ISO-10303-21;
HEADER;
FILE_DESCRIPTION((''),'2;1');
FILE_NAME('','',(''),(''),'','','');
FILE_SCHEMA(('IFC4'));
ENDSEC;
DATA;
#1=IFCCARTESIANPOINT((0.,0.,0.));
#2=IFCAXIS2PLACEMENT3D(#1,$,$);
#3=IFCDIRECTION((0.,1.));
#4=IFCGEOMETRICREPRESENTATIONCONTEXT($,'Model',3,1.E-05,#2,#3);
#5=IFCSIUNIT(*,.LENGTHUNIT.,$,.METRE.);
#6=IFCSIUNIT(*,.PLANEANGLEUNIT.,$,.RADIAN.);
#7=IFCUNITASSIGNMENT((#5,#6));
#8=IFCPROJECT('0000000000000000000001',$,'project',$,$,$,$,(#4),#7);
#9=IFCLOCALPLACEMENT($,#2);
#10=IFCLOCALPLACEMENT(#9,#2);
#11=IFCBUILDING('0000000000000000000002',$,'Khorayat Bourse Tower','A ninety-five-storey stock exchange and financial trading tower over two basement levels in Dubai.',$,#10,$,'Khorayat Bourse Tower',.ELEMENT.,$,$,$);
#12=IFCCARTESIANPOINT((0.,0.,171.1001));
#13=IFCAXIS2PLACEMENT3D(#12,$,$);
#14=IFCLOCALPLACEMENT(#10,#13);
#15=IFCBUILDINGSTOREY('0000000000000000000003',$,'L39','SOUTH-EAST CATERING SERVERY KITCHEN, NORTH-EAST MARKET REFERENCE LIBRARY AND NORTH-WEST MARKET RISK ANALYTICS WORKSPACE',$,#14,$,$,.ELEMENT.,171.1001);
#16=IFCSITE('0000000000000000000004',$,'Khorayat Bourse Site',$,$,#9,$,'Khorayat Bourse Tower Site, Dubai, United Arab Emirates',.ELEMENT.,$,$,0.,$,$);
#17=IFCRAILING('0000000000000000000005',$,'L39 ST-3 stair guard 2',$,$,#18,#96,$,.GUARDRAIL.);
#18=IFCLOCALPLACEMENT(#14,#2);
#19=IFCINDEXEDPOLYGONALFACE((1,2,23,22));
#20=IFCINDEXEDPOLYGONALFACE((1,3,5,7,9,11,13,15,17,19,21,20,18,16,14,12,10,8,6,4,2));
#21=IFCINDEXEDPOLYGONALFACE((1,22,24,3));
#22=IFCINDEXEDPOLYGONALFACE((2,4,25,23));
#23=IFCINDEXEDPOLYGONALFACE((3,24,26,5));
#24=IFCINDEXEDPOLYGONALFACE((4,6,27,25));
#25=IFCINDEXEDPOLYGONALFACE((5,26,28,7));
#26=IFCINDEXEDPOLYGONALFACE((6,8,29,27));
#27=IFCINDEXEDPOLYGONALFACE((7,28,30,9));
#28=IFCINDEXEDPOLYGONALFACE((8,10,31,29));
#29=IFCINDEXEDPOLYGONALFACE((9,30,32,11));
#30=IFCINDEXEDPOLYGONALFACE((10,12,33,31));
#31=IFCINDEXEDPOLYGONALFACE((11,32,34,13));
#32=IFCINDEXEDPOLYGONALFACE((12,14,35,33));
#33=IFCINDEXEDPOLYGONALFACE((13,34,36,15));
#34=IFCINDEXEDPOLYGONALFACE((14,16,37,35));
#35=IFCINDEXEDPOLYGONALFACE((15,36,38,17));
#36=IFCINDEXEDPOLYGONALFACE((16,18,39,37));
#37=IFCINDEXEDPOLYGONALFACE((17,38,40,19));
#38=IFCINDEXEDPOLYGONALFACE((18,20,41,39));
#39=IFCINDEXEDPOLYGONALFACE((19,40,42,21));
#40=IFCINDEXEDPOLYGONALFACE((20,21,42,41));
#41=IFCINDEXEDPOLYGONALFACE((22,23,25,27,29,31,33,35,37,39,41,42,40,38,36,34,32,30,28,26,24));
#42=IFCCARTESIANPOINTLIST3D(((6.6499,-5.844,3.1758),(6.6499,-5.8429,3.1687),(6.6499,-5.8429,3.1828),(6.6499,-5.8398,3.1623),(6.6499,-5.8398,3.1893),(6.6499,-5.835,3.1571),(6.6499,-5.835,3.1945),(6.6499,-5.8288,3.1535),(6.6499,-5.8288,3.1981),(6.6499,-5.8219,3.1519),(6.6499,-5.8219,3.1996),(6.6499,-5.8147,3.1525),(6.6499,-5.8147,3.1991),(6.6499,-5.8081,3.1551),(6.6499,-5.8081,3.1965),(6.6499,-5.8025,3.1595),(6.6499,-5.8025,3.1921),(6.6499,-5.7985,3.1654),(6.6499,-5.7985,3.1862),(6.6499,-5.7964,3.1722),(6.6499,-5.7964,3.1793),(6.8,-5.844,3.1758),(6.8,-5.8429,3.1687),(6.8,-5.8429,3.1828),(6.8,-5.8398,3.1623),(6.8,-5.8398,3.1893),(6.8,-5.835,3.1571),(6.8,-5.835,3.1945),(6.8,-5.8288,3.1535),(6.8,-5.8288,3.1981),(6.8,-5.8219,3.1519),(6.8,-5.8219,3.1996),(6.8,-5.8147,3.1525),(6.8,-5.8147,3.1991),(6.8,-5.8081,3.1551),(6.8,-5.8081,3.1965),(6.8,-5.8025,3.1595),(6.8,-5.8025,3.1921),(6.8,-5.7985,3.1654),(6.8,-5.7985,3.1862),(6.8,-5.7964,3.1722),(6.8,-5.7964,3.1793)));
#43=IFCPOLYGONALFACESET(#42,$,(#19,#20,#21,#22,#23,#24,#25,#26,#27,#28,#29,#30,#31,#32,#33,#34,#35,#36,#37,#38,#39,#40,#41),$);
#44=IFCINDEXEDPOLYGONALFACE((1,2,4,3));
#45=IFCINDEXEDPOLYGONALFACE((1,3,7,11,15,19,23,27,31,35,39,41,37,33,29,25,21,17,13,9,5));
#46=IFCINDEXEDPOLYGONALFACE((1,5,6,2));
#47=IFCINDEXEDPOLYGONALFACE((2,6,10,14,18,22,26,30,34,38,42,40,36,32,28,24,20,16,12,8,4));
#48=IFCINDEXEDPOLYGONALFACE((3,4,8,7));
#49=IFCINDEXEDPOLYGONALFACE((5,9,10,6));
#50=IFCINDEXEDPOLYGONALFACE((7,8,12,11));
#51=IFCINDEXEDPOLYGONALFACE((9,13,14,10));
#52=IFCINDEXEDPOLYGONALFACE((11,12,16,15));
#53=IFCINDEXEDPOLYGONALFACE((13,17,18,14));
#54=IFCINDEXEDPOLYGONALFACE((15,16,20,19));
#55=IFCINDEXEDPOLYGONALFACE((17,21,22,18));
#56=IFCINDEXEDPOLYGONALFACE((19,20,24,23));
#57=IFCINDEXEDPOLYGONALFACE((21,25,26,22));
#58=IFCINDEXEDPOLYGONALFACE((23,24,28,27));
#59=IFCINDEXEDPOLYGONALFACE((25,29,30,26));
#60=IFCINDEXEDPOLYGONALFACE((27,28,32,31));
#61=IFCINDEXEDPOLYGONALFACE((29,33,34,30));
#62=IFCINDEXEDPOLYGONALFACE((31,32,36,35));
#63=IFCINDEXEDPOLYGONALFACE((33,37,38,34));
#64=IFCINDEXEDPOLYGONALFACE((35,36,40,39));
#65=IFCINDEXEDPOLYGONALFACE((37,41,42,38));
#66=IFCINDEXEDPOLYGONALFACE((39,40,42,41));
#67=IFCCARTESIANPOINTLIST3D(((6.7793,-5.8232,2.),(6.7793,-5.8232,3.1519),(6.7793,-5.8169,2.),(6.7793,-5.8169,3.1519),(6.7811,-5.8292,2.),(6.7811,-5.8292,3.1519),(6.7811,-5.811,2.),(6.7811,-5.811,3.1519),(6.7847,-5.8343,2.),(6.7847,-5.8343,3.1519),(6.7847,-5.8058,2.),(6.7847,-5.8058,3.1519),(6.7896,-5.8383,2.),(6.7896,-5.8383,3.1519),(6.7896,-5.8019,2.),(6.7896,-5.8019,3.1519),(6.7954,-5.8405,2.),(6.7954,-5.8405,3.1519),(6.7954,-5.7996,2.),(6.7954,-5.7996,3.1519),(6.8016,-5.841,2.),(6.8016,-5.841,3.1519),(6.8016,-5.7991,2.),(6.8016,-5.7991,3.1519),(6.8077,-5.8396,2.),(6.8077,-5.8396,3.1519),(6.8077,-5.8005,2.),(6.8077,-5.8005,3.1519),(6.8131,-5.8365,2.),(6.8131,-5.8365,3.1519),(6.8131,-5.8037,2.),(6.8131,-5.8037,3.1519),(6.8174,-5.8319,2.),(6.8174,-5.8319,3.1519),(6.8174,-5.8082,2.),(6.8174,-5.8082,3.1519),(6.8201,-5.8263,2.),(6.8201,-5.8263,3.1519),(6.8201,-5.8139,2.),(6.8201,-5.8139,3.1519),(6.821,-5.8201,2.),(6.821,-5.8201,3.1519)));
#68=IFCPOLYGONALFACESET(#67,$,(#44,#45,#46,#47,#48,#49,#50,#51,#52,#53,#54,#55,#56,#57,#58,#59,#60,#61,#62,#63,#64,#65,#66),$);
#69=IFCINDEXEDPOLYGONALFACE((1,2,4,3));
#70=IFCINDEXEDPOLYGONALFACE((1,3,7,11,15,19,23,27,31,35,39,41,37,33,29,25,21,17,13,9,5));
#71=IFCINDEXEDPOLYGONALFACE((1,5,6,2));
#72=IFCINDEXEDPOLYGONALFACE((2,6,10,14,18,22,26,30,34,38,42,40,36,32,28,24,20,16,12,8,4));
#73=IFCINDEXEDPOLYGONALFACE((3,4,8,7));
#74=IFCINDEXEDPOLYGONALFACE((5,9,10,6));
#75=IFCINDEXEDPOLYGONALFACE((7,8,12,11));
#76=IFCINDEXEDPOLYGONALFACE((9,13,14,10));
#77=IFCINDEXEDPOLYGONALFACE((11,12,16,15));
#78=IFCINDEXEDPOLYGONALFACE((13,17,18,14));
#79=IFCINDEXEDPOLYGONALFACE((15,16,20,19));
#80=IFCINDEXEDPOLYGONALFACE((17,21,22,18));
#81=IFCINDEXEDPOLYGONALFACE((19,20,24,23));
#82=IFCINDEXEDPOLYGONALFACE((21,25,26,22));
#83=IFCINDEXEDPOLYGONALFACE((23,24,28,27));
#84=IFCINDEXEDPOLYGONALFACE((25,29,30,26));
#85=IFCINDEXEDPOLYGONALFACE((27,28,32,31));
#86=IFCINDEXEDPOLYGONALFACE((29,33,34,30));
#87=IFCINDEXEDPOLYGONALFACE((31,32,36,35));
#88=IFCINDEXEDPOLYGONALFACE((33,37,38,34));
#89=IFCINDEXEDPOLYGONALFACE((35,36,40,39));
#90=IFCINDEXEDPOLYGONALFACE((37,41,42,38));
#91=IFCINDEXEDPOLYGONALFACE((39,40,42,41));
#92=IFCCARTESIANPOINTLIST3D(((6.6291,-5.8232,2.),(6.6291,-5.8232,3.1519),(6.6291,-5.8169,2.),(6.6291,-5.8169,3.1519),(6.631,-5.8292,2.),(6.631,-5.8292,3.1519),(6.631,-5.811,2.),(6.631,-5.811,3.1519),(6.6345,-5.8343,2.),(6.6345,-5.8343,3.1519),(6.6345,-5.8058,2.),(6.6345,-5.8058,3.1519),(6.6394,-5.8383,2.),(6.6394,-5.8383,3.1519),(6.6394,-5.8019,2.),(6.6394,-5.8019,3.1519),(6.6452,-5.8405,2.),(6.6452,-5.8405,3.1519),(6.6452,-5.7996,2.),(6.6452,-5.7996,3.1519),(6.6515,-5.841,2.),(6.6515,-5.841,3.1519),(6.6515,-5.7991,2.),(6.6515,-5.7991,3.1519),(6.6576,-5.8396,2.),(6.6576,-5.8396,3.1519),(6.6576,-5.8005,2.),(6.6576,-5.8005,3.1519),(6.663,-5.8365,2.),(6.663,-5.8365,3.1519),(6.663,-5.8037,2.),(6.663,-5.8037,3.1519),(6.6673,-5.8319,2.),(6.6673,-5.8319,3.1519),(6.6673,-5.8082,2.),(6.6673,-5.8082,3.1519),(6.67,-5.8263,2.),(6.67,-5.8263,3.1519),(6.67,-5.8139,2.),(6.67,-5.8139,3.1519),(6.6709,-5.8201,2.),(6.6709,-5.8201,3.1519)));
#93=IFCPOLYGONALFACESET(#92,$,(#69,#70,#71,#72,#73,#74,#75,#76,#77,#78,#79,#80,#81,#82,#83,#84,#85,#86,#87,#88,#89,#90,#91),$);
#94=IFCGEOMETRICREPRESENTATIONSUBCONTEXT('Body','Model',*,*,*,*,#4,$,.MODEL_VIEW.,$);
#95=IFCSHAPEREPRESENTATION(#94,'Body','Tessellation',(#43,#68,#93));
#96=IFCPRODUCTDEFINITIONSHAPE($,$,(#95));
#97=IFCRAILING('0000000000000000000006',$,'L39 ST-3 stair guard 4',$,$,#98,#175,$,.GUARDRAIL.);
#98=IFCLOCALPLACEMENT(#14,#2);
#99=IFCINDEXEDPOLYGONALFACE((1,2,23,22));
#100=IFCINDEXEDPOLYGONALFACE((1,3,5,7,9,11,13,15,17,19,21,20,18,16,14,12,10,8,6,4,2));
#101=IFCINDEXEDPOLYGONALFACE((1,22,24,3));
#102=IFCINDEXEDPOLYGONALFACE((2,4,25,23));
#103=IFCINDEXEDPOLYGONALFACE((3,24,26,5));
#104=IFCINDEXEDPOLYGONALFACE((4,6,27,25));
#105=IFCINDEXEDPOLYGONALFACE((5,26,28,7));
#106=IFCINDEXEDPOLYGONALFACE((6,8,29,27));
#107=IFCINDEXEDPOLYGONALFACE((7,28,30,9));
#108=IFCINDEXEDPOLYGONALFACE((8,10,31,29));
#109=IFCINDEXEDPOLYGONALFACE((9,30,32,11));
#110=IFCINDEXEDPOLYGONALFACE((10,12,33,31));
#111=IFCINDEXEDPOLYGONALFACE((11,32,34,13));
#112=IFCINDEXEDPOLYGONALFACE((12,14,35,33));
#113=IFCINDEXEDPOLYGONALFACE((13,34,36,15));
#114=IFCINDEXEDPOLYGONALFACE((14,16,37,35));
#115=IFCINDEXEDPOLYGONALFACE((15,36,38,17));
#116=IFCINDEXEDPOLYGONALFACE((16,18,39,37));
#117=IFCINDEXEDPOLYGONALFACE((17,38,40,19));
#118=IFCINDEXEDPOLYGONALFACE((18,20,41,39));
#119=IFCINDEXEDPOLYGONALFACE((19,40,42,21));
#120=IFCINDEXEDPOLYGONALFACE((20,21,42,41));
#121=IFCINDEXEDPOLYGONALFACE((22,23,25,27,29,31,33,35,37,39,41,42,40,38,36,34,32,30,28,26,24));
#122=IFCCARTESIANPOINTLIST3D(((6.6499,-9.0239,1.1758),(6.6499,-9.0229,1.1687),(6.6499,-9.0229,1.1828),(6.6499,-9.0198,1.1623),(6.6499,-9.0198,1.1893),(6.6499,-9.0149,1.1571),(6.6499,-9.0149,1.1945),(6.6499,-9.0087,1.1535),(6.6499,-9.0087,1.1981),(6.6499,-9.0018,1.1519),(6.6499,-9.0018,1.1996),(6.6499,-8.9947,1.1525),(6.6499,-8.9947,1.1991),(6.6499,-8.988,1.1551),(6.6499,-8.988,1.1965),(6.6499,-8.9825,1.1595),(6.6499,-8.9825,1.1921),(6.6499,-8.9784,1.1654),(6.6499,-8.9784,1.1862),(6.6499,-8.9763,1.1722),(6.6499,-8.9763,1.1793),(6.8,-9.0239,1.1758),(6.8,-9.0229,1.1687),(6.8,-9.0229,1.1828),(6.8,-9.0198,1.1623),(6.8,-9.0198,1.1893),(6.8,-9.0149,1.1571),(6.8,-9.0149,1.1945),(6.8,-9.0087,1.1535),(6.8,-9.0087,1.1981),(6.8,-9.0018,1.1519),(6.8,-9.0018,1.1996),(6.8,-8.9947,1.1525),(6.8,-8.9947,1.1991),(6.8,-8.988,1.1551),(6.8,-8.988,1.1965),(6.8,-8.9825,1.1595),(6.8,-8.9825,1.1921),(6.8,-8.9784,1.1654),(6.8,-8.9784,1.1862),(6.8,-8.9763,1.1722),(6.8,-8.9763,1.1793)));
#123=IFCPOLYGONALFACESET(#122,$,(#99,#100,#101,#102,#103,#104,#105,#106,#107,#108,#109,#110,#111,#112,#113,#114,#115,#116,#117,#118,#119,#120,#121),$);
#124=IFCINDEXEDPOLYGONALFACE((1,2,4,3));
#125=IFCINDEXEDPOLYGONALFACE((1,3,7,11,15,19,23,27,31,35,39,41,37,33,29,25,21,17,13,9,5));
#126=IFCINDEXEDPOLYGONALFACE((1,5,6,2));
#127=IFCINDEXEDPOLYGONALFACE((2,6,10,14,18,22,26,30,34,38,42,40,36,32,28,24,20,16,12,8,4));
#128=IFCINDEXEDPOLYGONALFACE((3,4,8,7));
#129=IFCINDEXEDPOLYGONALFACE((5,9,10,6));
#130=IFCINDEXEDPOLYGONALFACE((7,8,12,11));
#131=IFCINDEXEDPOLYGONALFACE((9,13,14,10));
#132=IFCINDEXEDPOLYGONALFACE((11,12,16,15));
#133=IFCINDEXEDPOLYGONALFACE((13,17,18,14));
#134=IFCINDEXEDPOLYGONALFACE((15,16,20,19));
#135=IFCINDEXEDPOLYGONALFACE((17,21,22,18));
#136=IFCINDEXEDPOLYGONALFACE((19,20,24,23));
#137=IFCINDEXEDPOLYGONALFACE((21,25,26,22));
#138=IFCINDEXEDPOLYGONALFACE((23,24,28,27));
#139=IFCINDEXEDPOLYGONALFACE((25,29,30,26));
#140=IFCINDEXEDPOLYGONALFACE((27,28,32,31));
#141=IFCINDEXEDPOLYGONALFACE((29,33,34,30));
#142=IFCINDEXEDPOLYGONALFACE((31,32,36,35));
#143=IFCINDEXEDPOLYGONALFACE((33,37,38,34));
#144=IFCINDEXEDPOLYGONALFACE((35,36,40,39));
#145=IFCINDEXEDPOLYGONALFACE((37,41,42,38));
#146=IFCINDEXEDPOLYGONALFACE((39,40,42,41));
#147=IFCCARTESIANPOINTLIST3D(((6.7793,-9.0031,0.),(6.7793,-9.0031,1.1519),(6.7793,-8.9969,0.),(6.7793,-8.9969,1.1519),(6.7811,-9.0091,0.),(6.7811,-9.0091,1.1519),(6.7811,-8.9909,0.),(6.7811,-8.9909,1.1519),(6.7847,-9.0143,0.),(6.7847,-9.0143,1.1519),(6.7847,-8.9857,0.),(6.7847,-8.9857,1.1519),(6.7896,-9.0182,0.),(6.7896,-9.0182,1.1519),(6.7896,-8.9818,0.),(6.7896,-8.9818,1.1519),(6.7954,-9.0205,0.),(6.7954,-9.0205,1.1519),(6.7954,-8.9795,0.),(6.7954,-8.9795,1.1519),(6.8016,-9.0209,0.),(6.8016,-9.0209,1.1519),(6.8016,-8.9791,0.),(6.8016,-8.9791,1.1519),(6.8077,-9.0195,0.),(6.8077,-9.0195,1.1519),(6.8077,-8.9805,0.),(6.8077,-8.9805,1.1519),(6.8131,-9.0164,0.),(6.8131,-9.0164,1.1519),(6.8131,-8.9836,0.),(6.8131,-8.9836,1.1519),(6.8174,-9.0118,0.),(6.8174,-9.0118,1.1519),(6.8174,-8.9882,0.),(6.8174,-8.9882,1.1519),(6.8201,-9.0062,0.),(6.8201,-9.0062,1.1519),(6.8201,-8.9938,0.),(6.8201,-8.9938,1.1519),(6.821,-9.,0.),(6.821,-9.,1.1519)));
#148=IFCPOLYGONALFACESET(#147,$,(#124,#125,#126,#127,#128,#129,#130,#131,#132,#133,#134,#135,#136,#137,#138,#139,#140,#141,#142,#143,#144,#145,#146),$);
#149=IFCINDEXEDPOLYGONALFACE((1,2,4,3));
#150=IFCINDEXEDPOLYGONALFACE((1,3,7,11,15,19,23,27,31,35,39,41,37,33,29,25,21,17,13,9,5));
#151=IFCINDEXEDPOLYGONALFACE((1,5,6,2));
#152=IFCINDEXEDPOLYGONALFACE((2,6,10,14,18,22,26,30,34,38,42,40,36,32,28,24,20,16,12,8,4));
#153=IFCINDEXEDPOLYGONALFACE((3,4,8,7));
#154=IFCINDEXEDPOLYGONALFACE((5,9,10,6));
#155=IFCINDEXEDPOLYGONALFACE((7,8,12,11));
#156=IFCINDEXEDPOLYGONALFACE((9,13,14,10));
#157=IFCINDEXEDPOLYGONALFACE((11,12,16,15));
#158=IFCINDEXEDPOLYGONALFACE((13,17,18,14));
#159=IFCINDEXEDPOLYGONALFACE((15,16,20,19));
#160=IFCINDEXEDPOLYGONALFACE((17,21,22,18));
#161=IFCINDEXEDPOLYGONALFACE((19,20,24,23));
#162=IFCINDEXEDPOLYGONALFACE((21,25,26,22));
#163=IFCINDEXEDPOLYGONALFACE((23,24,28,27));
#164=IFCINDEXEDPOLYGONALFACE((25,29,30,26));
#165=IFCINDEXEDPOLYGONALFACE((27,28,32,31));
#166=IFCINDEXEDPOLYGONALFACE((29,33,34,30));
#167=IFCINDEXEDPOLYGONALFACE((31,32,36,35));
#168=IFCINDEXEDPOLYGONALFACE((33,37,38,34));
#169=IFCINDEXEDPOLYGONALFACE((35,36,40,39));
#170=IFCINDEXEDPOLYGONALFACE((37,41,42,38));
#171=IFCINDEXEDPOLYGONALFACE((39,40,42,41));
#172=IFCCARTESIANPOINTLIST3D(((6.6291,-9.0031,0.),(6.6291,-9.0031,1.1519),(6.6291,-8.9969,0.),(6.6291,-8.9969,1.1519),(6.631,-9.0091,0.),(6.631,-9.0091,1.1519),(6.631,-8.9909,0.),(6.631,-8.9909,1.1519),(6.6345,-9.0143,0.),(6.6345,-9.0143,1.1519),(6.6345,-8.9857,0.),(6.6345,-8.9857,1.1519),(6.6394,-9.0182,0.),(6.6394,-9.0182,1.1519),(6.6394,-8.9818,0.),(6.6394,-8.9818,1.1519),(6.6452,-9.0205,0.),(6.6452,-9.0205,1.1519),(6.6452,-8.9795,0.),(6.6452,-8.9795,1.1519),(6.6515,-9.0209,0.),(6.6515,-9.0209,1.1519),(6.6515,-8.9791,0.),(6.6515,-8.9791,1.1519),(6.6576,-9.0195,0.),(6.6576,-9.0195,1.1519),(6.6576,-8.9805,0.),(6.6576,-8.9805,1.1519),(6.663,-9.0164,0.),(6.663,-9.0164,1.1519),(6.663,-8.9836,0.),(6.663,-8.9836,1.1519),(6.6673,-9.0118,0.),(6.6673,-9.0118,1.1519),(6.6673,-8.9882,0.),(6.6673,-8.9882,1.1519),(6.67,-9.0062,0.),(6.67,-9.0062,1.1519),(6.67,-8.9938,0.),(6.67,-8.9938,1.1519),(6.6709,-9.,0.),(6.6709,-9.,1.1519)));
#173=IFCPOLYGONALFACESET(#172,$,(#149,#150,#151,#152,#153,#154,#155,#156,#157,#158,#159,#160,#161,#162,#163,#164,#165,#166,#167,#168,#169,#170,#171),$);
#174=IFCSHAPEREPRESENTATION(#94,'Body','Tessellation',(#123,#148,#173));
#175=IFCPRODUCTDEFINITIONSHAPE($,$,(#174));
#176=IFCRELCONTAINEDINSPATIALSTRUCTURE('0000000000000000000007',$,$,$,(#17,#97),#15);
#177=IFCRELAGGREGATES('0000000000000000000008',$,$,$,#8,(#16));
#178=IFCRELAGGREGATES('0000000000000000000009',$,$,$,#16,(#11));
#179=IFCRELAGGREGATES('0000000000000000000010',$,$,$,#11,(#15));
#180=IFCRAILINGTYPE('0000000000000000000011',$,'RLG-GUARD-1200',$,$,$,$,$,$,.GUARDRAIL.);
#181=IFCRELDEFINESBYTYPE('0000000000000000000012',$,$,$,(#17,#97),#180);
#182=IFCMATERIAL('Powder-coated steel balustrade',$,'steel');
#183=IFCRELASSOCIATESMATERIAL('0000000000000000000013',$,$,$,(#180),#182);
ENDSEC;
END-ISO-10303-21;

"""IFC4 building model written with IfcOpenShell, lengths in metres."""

from ifc_helpers import new_model, si_unit, direction, frame, origin, origin_2d, place, context, subcontext, project, spatial, circle, extrude, source, transform, mapped, material, type_object, element, save


model = new_model("IFC4")

# Units and contexts
model_context = context("Model", 3, precision=1e-05, world=origin(), true_north=direction((0.0, 1.0)))
body_context = subcontext(model_context, "Body", "Model", "MODEL_VIEW")
ifc_project = project(units=[si_unit("LENGTHUNIT", "METRE"), si_unit("PLANEANGLEUNIT", "RADIAN")], contexts=[model_context])

# Site, building, storey
site_placement = place(None, origin())
site = spatial("IfcSite", under=ifc_project, at=site_placement, Name="Khorayat Bourse Site", LongName="Khorayat Bourse Tower Site, Dubai, United Arab Emirates", CompositionType="ELEMENT", RefElevation=0.0)
building_placement = place(site_placement, origin())
building = spatial("IfcBuilding", under=site, at=building_placement, Name="Khorayat Bourse Tower", Description="A ninety-five-storey stock exchange and financial trading tower over two basement levels in Dubai.", LongName="Khorayat Bourse Tower", CompositionType="ELEMENT")
storey_placement = place(building_placement, frame((0.0, 0.0, 171.1001)))
storey = spatial("IfcBuildingStorey", under=building, at=storey_placement, Name="L39", Description="SOUTH-EAST CATERING SERVERY KITCHEN, NORTH-EAST MARKET REFERENCE LIBRARY AND NORTH-WEST MARKET RISK ANALYTICS WORKSPACE", CompositionType="ELEMENT", Elevation=171.1001)

# Railings
ifc_material_1 = material(Name="Powder-coated steel balustrade", Category="steel")
railing_type_1 = type_object("IfcRailingType", Name="RLG-GUARD-1200", PredefinedType="GUARDRAIL", material=ifc_material_1)
shared_shape_1 = source(origin(), body_context, "Body", "SweptSolid", [
    extrude(circle(Radius=0.0239, at=origin_2d()), frame((0.0, 0.0, 1.1758), z_axis=(-1.0, 0.0, 0.0), x_axis=(0.0, -1.0, 0.0)), (0.0, 0.0, 1.0), 0.1501),
    extrude(circle(Radius=0.021, at=origin_2d()), origin(), (0.0, 0.0, 1.0), 1.1519),
    extrude(circle(Radius=0.021, at=origin_2d()), frame((-0.1501, 0.0, 0.0)), (0.0, 0.0, 1.0), 1.1519),
])
for number, where, name in (
    (1, (6.8, -5.8201, 2.0), "L39 ST-3 stair guard 2"),
    (2, (6.8, -9.0, 0.0), "L39 ST-3 stair guard 4"),
):
    element("IfcRailing", number, at=place(storey_placement, frame(where)), inside=storey, type_object=railing_type_1, Name=name, PredefinedType="GUARDRAIL", context=body_context, shape_type="MappedRepresentation", body=[
        mapped(shared_shape_1, transform((0.0, 0.0, 0.0), scale=1.0)),
    ])

save(model, "model.ifc")
